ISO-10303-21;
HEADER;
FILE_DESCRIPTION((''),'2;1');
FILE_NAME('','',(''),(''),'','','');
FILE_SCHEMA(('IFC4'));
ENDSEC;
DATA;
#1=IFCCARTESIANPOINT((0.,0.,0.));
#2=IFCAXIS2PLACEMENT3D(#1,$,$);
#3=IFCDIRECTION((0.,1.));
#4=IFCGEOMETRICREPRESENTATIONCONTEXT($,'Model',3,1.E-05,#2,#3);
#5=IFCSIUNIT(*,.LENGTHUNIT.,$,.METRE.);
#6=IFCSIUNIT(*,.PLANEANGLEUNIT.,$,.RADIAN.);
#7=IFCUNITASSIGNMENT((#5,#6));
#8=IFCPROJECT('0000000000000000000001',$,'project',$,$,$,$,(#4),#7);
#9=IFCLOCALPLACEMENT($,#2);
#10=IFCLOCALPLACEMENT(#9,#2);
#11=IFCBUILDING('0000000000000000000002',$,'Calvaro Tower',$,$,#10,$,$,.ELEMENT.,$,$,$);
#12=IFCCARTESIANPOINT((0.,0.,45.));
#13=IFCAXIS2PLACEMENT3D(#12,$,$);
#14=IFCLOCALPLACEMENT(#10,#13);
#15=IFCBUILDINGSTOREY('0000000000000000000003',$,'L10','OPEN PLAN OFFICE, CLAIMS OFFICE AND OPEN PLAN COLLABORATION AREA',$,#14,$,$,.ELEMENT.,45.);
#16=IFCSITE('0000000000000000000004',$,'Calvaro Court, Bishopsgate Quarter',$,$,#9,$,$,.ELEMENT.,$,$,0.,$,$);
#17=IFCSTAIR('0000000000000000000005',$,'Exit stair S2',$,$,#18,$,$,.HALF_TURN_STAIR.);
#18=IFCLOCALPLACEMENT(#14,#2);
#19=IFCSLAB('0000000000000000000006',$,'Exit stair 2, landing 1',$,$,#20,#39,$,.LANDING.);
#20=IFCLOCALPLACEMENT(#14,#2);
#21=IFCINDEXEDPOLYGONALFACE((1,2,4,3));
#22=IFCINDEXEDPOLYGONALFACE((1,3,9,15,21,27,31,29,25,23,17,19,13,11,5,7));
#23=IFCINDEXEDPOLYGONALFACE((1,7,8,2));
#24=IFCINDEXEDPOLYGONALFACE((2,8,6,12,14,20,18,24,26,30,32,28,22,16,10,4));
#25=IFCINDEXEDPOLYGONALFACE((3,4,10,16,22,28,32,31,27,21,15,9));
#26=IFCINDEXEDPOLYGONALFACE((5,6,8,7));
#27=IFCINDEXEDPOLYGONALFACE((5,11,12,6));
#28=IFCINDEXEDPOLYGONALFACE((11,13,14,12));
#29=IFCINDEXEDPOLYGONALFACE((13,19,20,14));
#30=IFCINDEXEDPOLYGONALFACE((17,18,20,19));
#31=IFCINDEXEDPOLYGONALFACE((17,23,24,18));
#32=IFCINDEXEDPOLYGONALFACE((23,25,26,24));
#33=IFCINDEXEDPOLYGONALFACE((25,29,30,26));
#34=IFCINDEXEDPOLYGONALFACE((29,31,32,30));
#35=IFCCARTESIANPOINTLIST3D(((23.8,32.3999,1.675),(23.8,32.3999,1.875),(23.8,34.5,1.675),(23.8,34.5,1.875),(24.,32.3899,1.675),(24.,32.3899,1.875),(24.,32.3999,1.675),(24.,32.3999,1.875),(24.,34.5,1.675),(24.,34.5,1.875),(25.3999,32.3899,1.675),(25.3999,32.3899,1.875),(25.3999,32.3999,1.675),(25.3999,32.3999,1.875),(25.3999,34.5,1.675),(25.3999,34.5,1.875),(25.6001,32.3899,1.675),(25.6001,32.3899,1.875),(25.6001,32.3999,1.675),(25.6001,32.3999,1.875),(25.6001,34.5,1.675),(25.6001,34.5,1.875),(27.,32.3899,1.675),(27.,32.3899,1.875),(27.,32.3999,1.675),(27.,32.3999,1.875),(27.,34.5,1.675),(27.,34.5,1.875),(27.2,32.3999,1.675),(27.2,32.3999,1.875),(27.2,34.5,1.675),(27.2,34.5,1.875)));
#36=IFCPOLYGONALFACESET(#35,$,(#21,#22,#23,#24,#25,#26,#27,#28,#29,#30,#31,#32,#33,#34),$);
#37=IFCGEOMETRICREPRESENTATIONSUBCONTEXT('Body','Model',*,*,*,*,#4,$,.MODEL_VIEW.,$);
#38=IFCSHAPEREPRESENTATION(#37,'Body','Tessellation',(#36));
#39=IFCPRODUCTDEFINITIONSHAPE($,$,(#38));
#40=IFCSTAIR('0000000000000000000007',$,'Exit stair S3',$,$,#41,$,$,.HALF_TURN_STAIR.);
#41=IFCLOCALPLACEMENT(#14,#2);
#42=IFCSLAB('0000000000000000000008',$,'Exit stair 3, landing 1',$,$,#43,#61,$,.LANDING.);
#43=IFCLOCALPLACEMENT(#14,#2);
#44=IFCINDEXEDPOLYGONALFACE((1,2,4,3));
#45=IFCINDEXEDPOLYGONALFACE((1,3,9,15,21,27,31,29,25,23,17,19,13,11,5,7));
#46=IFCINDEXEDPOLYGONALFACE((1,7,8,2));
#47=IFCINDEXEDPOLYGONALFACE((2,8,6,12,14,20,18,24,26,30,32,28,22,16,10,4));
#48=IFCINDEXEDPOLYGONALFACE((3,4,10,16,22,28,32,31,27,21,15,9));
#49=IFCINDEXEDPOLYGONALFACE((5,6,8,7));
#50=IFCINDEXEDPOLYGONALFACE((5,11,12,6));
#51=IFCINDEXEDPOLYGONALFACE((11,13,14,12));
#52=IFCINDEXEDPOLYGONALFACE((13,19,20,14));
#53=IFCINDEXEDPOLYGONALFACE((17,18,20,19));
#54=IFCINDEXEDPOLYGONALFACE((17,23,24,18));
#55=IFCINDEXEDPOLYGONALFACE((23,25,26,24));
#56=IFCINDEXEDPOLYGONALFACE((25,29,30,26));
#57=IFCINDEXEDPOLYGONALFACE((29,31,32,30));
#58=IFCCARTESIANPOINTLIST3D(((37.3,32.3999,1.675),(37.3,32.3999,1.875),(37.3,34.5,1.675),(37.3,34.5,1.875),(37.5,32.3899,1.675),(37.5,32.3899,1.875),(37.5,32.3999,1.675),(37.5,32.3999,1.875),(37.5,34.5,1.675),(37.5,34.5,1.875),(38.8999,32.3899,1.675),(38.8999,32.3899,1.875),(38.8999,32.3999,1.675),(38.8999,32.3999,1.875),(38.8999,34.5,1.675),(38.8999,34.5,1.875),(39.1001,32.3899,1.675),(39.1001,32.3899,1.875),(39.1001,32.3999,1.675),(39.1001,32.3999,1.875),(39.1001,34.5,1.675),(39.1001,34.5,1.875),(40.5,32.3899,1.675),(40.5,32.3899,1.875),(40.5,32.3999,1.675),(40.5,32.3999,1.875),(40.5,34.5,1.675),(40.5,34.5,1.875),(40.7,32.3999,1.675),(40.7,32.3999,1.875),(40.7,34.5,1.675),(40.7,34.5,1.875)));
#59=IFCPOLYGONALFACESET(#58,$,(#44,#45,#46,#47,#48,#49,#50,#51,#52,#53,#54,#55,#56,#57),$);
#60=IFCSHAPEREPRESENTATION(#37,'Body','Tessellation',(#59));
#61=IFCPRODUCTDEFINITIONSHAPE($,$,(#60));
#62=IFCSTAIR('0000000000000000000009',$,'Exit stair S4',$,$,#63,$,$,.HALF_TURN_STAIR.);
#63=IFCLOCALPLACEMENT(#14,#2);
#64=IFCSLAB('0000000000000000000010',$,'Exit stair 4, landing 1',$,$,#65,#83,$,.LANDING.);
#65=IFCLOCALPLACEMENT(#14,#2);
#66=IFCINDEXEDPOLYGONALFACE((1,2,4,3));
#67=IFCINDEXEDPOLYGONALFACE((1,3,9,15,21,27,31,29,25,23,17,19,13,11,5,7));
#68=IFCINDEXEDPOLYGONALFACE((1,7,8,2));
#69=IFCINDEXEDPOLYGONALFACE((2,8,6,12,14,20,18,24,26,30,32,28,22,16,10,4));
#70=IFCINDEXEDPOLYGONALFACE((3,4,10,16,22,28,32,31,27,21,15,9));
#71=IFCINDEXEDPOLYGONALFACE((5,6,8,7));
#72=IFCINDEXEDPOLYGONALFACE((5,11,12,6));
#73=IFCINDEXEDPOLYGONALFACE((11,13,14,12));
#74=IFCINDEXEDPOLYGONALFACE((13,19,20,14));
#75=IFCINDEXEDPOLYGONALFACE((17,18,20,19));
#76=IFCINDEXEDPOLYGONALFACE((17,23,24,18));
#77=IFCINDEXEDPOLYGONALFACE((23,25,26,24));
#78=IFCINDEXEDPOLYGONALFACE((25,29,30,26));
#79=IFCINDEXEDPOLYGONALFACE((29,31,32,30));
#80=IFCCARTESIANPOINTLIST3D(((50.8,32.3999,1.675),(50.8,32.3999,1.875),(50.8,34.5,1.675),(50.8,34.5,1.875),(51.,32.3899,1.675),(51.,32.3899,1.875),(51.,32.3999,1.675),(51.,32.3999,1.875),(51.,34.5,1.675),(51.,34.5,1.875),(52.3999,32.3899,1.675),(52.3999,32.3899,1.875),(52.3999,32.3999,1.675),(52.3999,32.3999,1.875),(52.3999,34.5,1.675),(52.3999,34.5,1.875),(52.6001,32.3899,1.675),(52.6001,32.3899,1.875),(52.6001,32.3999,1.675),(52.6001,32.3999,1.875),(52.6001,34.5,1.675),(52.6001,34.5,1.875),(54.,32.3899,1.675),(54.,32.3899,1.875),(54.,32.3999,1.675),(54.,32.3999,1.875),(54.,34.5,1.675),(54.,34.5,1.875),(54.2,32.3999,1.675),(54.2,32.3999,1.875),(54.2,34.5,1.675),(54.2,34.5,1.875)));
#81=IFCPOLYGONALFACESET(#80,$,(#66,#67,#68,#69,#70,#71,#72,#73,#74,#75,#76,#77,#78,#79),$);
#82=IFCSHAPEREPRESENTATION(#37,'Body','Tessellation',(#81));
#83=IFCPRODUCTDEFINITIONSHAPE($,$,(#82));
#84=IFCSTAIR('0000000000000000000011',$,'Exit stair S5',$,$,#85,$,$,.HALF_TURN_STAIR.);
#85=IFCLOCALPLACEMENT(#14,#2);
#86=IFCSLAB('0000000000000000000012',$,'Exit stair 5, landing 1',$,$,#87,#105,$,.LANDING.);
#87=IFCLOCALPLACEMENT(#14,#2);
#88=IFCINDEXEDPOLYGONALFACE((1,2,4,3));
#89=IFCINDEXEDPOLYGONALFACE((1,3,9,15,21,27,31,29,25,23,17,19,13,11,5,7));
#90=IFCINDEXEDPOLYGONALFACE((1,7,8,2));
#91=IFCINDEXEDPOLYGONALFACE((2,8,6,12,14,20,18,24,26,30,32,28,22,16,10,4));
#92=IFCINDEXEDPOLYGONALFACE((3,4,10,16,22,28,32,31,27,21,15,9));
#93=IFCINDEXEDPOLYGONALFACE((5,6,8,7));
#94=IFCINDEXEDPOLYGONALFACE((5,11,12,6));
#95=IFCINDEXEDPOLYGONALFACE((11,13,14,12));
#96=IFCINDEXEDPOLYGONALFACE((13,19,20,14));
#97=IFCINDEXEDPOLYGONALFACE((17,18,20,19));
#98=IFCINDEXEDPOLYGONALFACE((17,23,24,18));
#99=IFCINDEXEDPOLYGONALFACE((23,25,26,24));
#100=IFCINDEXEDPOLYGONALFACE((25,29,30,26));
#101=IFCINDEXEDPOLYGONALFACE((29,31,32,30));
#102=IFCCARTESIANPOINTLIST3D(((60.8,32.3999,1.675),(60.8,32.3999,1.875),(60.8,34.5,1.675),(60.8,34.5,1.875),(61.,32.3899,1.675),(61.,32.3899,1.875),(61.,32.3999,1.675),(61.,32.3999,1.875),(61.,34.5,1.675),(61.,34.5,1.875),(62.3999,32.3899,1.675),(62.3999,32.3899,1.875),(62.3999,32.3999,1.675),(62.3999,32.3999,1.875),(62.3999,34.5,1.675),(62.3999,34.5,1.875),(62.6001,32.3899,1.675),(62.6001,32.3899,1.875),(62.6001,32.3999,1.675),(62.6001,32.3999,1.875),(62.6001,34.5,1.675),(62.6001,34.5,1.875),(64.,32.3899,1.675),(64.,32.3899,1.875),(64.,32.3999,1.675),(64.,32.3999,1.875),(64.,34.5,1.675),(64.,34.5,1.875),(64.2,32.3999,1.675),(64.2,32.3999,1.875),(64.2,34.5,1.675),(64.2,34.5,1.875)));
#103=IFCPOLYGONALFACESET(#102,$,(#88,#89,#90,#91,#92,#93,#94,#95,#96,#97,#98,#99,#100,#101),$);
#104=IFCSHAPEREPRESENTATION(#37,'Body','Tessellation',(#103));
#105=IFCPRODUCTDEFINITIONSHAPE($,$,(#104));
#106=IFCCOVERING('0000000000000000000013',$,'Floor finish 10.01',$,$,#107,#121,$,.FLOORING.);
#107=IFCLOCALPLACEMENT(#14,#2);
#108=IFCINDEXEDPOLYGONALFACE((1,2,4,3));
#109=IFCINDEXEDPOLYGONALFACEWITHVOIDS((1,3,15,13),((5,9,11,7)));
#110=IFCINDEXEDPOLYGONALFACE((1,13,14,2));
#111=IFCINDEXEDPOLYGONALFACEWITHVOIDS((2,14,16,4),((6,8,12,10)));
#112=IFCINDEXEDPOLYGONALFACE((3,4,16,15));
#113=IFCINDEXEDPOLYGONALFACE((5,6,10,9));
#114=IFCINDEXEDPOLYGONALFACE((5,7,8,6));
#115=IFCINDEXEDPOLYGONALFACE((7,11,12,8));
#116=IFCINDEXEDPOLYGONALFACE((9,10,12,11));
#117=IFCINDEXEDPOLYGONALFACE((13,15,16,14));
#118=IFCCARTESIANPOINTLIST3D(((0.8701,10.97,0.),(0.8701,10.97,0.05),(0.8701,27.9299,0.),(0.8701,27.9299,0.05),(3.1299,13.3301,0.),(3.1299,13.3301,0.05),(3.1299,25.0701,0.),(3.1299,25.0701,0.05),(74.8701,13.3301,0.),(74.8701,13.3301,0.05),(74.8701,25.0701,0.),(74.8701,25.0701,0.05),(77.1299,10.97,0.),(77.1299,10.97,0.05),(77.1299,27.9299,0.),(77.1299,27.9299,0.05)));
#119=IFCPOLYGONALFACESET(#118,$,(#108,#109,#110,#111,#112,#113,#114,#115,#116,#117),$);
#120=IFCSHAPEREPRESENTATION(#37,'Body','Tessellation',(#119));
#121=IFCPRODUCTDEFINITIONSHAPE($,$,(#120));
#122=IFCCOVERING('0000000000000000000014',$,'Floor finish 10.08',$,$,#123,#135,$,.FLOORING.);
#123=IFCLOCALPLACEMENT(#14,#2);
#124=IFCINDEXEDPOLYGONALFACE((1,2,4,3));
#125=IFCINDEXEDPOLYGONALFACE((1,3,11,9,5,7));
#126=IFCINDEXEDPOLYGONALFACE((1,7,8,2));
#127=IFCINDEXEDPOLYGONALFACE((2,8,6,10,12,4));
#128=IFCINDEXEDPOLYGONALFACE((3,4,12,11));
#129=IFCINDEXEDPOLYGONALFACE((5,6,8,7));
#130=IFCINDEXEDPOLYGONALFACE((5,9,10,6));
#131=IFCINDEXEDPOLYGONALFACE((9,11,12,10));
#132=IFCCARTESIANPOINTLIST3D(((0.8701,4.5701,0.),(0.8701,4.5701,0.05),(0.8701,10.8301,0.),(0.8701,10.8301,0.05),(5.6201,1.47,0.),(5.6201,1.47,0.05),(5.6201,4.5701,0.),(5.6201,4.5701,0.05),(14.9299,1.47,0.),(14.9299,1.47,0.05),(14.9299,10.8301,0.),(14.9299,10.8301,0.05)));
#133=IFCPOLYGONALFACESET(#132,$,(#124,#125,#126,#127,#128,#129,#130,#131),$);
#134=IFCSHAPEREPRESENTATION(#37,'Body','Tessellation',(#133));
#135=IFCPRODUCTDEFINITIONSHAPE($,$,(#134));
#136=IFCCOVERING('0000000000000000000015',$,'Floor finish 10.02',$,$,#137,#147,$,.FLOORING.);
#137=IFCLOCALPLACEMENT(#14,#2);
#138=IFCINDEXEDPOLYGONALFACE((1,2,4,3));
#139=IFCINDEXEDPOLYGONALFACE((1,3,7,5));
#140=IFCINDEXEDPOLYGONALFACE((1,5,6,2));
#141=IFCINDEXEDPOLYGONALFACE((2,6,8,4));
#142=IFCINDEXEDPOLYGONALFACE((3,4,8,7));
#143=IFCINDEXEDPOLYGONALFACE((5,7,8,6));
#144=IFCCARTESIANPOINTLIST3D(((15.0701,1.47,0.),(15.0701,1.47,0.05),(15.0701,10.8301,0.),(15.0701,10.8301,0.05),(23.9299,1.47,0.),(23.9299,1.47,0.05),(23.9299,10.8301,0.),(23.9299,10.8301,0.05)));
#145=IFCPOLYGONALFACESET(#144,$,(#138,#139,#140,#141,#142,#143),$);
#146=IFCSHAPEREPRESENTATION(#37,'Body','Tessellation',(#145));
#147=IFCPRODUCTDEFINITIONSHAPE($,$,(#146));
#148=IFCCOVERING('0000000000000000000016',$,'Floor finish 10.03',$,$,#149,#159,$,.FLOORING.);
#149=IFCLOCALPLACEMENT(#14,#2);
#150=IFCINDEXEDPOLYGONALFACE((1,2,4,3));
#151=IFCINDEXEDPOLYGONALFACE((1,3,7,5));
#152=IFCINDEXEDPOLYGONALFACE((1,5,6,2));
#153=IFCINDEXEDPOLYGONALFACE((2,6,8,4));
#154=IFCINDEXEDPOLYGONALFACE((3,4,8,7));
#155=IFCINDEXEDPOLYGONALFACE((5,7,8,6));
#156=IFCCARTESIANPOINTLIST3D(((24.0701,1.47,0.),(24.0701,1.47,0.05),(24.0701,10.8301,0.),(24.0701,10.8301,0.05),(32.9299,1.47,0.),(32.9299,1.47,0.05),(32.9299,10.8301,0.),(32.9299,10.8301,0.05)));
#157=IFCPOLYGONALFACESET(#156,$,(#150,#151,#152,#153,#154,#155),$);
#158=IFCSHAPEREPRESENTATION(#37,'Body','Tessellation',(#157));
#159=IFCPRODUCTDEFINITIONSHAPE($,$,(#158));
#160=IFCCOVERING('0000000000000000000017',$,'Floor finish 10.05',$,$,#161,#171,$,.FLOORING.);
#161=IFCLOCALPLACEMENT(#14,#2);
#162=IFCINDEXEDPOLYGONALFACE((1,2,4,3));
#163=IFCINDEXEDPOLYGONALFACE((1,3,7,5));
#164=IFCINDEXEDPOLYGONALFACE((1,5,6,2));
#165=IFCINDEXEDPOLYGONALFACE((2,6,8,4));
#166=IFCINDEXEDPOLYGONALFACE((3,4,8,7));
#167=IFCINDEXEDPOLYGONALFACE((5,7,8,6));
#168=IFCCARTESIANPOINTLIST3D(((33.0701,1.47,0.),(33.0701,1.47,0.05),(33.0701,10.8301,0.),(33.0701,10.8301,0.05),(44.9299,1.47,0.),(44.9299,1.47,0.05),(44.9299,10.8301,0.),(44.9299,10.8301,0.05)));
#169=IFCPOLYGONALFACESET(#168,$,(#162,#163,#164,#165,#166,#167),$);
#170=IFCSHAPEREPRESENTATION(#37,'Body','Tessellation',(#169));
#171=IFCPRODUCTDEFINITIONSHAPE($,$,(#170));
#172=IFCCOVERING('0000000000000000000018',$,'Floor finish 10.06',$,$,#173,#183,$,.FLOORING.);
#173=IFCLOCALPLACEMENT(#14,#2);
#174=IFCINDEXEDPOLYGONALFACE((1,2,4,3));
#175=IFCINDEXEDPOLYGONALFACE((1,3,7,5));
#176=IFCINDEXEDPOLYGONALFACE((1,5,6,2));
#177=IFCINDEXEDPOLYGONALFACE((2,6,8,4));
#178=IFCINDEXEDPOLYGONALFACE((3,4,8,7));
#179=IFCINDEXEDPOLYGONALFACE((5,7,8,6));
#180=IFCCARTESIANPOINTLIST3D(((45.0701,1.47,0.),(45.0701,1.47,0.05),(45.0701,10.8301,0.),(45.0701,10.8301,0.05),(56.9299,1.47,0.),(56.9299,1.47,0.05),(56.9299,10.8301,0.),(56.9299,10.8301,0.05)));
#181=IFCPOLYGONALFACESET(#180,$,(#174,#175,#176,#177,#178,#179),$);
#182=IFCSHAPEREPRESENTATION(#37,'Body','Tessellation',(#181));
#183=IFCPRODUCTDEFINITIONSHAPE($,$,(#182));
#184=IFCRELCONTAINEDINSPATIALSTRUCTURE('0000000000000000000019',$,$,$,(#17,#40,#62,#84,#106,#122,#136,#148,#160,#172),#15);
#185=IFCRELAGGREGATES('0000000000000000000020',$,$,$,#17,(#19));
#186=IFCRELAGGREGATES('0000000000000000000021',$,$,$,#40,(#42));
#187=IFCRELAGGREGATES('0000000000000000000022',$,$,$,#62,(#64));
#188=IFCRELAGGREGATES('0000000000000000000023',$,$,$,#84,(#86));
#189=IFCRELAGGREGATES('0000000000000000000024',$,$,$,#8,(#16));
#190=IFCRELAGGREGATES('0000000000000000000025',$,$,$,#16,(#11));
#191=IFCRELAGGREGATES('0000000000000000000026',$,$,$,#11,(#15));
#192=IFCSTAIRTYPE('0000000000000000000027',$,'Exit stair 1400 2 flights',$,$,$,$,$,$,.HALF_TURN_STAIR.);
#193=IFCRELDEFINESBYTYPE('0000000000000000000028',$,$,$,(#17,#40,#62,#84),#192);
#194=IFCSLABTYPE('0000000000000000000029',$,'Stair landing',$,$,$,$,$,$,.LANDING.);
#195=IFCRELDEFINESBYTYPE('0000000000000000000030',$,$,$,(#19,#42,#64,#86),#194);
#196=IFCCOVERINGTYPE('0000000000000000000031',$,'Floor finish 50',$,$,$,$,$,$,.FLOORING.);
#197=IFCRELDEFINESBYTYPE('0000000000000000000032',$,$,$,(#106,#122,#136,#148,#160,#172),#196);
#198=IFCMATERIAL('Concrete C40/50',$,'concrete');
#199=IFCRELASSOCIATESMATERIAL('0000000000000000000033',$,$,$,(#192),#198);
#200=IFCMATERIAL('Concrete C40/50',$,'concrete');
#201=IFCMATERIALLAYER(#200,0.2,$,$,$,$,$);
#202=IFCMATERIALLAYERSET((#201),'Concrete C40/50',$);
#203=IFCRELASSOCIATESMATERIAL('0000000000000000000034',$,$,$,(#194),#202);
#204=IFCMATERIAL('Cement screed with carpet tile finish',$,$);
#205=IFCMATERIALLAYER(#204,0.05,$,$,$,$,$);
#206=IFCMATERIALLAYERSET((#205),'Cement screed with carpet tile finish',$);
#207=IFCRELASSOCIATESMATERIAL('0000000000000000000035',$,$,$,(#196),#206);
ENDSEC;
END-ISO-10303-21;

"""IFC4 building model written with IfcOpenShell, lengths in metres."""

from ifc_helpers import new_model, si_unit, direction, frame, origin, place, context, subcontext, project, spatial, polyline, outline, extrude, material, layer, layer_set, type_object, element, aggregate, save


model = new_model("IFC4")

# Units and contexts
model_context = context("Model", 3, precision=1e-05, world=origin(), true_north=direction((0.0, 1.0)))
body_context = subcontext(model_context, "Body", "Model", "MODEL_VIEW")
ifc_project = project(units=[si_unit("LENGTHUNIT", "METRE"), si_unit("PLANEANGLEUNIT", "RADIAN")], contexts=[model_context])

# Site, building, storey
site_placement = place(None, origin())
site = spatial("IfcSite", under=ifc_project, at=site_placement, Name="Calvaro Court, Bishopsgate Quarter", CompositionType="ELEMENT", RefElevation=0.0)
building_placement = place(site_placement, origin())
building = spatial("IfcBuilding", under=site, at=building_placement, Name="Calvaro Tower", CompositionType="ELEMENT")
storey_placement = place(building_placement, frame((0.0, 0.0, 45.0)))
storey = spatial("IfcBuildingStorey", under=building, at=storey_placement, Name="L10", Description="OPEN PLAN OFFICE, CLAIMS OFFICE AND OPEN PLAN COLLABORATION AREA", CompositionType="ELEMENT", Elevation=45.0)

# Stairs, slabs
ifc_material_1 = material(Name="Concrete C40/50", Category="concrete")
stair_type = type_object("IfcStairType", Name="Exit stair 1400 2 flights", PredefinedType="HALF_TURN_STAIR", material=ifc_material_1)
ifc_material_2 = material(Name="Concrete C40/50", Category="concrete")
ifc_layer_1 = layer(ifc_material_2, 0.2)
ifc_layer_set_1 = layer_set([ifc_layer_1], Name="Concrete C40/50")
slab_type_1 = type_object("IfcSlabType", Name="Stair landing", PredefinedType="LANDING", material=ifc_layer_set_1)
stair_1_placement = place(storey_placement, origin())
stair_1 = element("IfcStair", 1, at=stair_1_placement, inside=storey, type_object=stair_type, Name="Exit stair S2", PredefinedType="HALF_TURN_STAIR")
slab_1_placement = place(storey_placement, frame((0.0, 0.0, 1.675)))
slab_1 = element("IfcSlab", 2, at=slab_1_placement, type_object=slab_type_1, Name="Exit stair 2, landing 1", PredefinedType="LANDING", context=body_context, shape_type="SweptSolid", body=[
    extrude(outline(polyline([(25.3999, 32.3899), (24.0, 32.3899), (24.0, 32.3999), (23.8, 32.3999), (23.8, 34.5), (24.0, 34.5), (25.3999, 34.5), (25.6001, 34.5), (27.0, 34.5), (27.2, 34.5), (27.2, 32.3999), (27.0, 32.3999), (27.0, 32.3899), (25.6001, 32.3899), (25.6001, 32.3999), (25.3999, 32.3999), (25.3999, 32.3899)])), origin(), (0.0, 0.0, 1.0), 0.2),
])
aggregate(stair_1, [slab_1])
stair_2_placement = place(storey_placement, origin())
stair_2 = element("IfcStair", 3, at=stair_2_placement, inside=storey, type_object=stair_type, Name="Exit stair S3", PredefinedType="HALF_TURN_STAIR")
slab_2_placement = place(storey_placement, frame((0.0, 0.0, 1.675)))
slab_2 = element("IfcSlab", 4, at=slab_2_placement, type_object=slab_type_1, Name="Exit stair 3, landing 1", PredefinedType="LANDING", context=body_context, shape_type="SweptSolid", body=[
    extrude(outline(polyline([(38.8999, 32.3899), (37.5, 32.3899), (37.5, 32.3999), (37.3, 32.3999), (37.3, 34.5), (37.5, 34.5), (38.8999, 34.5), (39.1001, 34.5), (40.5, 34.5), (40.7, 34.5), (40.7, 32.3999), (40.5, 32.3999), (40.5, 32.3899), (39.1001, 32.3899), (39.1001, 32.3999), (38.8999, 32.3999), (38.8999, 32.3899)])), origin(), (0.0, 0.0, 1.0), 0.2),
])
aggregate(stair_2, [slab_2])
stair_3_placement = place(storey_placement, origin())
stair_3 = element("IfcStair", 5, at=stair_3_placement, inside=storey, type_object=stair_type, Name="Exit stair S4", PredefinedType="HALF_TURN_STAIR")
slab_3_placement = place(storey_placement, frame((0.0, 0.0, 1.675)))
slab_3 = element("IfcSlab", 6, at=slab_3_placement, type_object=slab_type_1, Name="Exit stair 4, landing 1", PredefinedType="LANDING", context=body_context, shape_type="SweptSolid", body=[
    extrude(outline(polyline([(52.3999, 32.3899), (51.0, 32.3899), (51.0, 32.3999), (50.8, 32.3999), (50.8, 34.5), (51.0, 34.5), (52.3999, 34.5), (52.6001, 34.5), (54.0, 34.5), (54.2, 34.5), (54.2, 32.3999), (54.0, 32.3999), (54.0, 32.3899), (52.6001, 32.3899), (52.6001, 32.3999), (52.3999, 32.3999), (52.3999, 32.3899)])), origin(), (0.0, 0.0, 1.0), 0.2),
])
aggregate(stair_3, [slab_3])
stair_4_placement = place(storey_placement, origin())
stair_4 = element("IfcStair", 7, at=stair_4_placement, inside=storey, type_object=stair_type, Name="Exit stair S5", PredefinedType="HALF_TURN_STAIR")
slab_4_placement = place(storey_placement, frame((0.0, 0.0, 1.675)))
slab_4 = element("IfcSlab", 8, at=slab_4_placement, type_object=slab_type_1, Name="Exit stair 5, landing 1", PredefinedType="LANDING", context=body_context, shape_type="SweptSolid", body=[
    extrude(outline(polyline([(62.3999, 32.3899), (61.0, 32.3899), (61.0, 32.3999), (60.8, 32.3999), (60.8, 34.5), (61.0, 34.5), (62.3999, 34.5), (62.6001, 34.5), (64.0, 34.5), (64.2, 34.5), (64.2, 32.3999), (64.0, 32.3999), (64.0, 32.3899), (62.6001, 32.3899), (62.6001, 32.3999), (62.3999, 32.3999), (62.3999, 32.3899)])), origin(), (0.0, 0.0, 1.0), 0.2),
])
aggregate(stair_4, [slab_4])

# Coverings
ifc_material_3 = material(Name="Cement screed with carpet tile finish")
ifc_layer_2 = layer(ifc_material_3, 0.05)
ifc_layer_set_2 = layer_set([ifc_layer_2], Name="Cement screed with carpet tile finish")
covering_type = type_object("IfcCoveringType", Name="Floor finish 50", PredefinedType="FLOORING", material=ifc_layer_set_2)
covering_1_placement = place(storey_placement, origin())
element("IfcCovering", 9, at=covering_1_placement, inside=storey, type_object=covering_type, Name="Floor finish 10.01", PredefinedType="FLOORING", context=body_context, shape_type="SweptSolid", body=[
    extrude(outline(polyline([(0.8701, 10.97), (0.8701, 27.9299), (77.1299, 27.9299), (77.1299, 10.97), (0.8701, 10.97)]), holes=[polyline([(74.8701, 13.3301), (74.8701, 25.0701), (3.1299, 25.0701), (3.1299, 13.3301), (74.8701, 13.3301)])]), origin(), (0.0, 0.0, 1.0), 0.05),
])
covering_2_placement = place(storey_placement, origin())
element("IfcCovering", 10, at=covering_2_placement, inside=storey, type_object=covering_type, Name="Floor finish 10.08", PredefinedType="FLOORING", context=body_context, shape_type="SweptSolid", body=[
    extrude(outline(polyline([(14.9299, 10.8301), (14.9299, 1.47), (5.6201, 1.47), (5.6201, 4.5701), (0.8701, 4.5701), (0.8701, 10.8301), (14.9299, 10.8301)])), origin(), (0.0, 0.0, 1.0), 0.05),
])
covering_3_placement = place(storey_placement, origin())
element("IfcCovering", 11, at=covering_3_placement, inside=storey, type_object=covering_type, Name="Floor finish 10.02", PredefinedType="FLOORING", context=body_context, shape_type="SweptSolid", body=[
    extrude(outline(polyline([(15.0701, 10.8301), (23.9299, 10.8301), (23.9299, 1.47), (15.0701, 1.47), (15.0701, 10.8301)])), origin(), (0.0, 0.0, 1.0), 0.05),
])
covering_4_placement = place(storey_placement, origin())
element("IfcCovering", 12, at=covering_4_placement, inside=storey, type_object=covering_type, Name="Floor finish 10.03", PredefinedType="FLOORING", context=body_context, shape_type="SweptSolid", body=[
    extrude(outline(polyline([(24.0701, 10.8301), (32.9299, 10.8301), (32.9299, 1.47), (24.0701, 1.47), (24.0701, 10.8301)])), origin(), (0.0, 0.0, 1.0), 0.05),
])
covering_5_placement = place(storey_placement, origin())
element("IfcCovering", 13, at=covering_5_placement, inside=storey, type_object=covering_type, Name="Floor finish 10.05", PredefinedType="FLOORING", context=body_context, shape_type="SweptSolid", body=[
    extrude(outline(polyline([(33.0701, 10.8301), (44.9299, 10.8301), (44.9299, 1.47), (33.0701, 1.47), (33.0701, 10.8301)])), origin(), (0.0, 0.0, 1.0), 0.05),
])
covering_6_placement = place(storey_placement, origin())
element("IfcCovering", 14, at=covering_6_placement, inside=storey, type_object=covering_type, Name="Floor finish 10.06", PredefinedType="FLOORING", context=body_context, shape_type="SweptSolid", body=[
    extrude(outline(polyline([(45.0701, 10.8301), (56.9299, 10.8301), (56.9299, 1.47), (45.0701, 1.47), (45.0701, 10.8301)])), origin(), (0.0, 0.0, 1.0), 0.05),
])

save(model, "model.ifc")
